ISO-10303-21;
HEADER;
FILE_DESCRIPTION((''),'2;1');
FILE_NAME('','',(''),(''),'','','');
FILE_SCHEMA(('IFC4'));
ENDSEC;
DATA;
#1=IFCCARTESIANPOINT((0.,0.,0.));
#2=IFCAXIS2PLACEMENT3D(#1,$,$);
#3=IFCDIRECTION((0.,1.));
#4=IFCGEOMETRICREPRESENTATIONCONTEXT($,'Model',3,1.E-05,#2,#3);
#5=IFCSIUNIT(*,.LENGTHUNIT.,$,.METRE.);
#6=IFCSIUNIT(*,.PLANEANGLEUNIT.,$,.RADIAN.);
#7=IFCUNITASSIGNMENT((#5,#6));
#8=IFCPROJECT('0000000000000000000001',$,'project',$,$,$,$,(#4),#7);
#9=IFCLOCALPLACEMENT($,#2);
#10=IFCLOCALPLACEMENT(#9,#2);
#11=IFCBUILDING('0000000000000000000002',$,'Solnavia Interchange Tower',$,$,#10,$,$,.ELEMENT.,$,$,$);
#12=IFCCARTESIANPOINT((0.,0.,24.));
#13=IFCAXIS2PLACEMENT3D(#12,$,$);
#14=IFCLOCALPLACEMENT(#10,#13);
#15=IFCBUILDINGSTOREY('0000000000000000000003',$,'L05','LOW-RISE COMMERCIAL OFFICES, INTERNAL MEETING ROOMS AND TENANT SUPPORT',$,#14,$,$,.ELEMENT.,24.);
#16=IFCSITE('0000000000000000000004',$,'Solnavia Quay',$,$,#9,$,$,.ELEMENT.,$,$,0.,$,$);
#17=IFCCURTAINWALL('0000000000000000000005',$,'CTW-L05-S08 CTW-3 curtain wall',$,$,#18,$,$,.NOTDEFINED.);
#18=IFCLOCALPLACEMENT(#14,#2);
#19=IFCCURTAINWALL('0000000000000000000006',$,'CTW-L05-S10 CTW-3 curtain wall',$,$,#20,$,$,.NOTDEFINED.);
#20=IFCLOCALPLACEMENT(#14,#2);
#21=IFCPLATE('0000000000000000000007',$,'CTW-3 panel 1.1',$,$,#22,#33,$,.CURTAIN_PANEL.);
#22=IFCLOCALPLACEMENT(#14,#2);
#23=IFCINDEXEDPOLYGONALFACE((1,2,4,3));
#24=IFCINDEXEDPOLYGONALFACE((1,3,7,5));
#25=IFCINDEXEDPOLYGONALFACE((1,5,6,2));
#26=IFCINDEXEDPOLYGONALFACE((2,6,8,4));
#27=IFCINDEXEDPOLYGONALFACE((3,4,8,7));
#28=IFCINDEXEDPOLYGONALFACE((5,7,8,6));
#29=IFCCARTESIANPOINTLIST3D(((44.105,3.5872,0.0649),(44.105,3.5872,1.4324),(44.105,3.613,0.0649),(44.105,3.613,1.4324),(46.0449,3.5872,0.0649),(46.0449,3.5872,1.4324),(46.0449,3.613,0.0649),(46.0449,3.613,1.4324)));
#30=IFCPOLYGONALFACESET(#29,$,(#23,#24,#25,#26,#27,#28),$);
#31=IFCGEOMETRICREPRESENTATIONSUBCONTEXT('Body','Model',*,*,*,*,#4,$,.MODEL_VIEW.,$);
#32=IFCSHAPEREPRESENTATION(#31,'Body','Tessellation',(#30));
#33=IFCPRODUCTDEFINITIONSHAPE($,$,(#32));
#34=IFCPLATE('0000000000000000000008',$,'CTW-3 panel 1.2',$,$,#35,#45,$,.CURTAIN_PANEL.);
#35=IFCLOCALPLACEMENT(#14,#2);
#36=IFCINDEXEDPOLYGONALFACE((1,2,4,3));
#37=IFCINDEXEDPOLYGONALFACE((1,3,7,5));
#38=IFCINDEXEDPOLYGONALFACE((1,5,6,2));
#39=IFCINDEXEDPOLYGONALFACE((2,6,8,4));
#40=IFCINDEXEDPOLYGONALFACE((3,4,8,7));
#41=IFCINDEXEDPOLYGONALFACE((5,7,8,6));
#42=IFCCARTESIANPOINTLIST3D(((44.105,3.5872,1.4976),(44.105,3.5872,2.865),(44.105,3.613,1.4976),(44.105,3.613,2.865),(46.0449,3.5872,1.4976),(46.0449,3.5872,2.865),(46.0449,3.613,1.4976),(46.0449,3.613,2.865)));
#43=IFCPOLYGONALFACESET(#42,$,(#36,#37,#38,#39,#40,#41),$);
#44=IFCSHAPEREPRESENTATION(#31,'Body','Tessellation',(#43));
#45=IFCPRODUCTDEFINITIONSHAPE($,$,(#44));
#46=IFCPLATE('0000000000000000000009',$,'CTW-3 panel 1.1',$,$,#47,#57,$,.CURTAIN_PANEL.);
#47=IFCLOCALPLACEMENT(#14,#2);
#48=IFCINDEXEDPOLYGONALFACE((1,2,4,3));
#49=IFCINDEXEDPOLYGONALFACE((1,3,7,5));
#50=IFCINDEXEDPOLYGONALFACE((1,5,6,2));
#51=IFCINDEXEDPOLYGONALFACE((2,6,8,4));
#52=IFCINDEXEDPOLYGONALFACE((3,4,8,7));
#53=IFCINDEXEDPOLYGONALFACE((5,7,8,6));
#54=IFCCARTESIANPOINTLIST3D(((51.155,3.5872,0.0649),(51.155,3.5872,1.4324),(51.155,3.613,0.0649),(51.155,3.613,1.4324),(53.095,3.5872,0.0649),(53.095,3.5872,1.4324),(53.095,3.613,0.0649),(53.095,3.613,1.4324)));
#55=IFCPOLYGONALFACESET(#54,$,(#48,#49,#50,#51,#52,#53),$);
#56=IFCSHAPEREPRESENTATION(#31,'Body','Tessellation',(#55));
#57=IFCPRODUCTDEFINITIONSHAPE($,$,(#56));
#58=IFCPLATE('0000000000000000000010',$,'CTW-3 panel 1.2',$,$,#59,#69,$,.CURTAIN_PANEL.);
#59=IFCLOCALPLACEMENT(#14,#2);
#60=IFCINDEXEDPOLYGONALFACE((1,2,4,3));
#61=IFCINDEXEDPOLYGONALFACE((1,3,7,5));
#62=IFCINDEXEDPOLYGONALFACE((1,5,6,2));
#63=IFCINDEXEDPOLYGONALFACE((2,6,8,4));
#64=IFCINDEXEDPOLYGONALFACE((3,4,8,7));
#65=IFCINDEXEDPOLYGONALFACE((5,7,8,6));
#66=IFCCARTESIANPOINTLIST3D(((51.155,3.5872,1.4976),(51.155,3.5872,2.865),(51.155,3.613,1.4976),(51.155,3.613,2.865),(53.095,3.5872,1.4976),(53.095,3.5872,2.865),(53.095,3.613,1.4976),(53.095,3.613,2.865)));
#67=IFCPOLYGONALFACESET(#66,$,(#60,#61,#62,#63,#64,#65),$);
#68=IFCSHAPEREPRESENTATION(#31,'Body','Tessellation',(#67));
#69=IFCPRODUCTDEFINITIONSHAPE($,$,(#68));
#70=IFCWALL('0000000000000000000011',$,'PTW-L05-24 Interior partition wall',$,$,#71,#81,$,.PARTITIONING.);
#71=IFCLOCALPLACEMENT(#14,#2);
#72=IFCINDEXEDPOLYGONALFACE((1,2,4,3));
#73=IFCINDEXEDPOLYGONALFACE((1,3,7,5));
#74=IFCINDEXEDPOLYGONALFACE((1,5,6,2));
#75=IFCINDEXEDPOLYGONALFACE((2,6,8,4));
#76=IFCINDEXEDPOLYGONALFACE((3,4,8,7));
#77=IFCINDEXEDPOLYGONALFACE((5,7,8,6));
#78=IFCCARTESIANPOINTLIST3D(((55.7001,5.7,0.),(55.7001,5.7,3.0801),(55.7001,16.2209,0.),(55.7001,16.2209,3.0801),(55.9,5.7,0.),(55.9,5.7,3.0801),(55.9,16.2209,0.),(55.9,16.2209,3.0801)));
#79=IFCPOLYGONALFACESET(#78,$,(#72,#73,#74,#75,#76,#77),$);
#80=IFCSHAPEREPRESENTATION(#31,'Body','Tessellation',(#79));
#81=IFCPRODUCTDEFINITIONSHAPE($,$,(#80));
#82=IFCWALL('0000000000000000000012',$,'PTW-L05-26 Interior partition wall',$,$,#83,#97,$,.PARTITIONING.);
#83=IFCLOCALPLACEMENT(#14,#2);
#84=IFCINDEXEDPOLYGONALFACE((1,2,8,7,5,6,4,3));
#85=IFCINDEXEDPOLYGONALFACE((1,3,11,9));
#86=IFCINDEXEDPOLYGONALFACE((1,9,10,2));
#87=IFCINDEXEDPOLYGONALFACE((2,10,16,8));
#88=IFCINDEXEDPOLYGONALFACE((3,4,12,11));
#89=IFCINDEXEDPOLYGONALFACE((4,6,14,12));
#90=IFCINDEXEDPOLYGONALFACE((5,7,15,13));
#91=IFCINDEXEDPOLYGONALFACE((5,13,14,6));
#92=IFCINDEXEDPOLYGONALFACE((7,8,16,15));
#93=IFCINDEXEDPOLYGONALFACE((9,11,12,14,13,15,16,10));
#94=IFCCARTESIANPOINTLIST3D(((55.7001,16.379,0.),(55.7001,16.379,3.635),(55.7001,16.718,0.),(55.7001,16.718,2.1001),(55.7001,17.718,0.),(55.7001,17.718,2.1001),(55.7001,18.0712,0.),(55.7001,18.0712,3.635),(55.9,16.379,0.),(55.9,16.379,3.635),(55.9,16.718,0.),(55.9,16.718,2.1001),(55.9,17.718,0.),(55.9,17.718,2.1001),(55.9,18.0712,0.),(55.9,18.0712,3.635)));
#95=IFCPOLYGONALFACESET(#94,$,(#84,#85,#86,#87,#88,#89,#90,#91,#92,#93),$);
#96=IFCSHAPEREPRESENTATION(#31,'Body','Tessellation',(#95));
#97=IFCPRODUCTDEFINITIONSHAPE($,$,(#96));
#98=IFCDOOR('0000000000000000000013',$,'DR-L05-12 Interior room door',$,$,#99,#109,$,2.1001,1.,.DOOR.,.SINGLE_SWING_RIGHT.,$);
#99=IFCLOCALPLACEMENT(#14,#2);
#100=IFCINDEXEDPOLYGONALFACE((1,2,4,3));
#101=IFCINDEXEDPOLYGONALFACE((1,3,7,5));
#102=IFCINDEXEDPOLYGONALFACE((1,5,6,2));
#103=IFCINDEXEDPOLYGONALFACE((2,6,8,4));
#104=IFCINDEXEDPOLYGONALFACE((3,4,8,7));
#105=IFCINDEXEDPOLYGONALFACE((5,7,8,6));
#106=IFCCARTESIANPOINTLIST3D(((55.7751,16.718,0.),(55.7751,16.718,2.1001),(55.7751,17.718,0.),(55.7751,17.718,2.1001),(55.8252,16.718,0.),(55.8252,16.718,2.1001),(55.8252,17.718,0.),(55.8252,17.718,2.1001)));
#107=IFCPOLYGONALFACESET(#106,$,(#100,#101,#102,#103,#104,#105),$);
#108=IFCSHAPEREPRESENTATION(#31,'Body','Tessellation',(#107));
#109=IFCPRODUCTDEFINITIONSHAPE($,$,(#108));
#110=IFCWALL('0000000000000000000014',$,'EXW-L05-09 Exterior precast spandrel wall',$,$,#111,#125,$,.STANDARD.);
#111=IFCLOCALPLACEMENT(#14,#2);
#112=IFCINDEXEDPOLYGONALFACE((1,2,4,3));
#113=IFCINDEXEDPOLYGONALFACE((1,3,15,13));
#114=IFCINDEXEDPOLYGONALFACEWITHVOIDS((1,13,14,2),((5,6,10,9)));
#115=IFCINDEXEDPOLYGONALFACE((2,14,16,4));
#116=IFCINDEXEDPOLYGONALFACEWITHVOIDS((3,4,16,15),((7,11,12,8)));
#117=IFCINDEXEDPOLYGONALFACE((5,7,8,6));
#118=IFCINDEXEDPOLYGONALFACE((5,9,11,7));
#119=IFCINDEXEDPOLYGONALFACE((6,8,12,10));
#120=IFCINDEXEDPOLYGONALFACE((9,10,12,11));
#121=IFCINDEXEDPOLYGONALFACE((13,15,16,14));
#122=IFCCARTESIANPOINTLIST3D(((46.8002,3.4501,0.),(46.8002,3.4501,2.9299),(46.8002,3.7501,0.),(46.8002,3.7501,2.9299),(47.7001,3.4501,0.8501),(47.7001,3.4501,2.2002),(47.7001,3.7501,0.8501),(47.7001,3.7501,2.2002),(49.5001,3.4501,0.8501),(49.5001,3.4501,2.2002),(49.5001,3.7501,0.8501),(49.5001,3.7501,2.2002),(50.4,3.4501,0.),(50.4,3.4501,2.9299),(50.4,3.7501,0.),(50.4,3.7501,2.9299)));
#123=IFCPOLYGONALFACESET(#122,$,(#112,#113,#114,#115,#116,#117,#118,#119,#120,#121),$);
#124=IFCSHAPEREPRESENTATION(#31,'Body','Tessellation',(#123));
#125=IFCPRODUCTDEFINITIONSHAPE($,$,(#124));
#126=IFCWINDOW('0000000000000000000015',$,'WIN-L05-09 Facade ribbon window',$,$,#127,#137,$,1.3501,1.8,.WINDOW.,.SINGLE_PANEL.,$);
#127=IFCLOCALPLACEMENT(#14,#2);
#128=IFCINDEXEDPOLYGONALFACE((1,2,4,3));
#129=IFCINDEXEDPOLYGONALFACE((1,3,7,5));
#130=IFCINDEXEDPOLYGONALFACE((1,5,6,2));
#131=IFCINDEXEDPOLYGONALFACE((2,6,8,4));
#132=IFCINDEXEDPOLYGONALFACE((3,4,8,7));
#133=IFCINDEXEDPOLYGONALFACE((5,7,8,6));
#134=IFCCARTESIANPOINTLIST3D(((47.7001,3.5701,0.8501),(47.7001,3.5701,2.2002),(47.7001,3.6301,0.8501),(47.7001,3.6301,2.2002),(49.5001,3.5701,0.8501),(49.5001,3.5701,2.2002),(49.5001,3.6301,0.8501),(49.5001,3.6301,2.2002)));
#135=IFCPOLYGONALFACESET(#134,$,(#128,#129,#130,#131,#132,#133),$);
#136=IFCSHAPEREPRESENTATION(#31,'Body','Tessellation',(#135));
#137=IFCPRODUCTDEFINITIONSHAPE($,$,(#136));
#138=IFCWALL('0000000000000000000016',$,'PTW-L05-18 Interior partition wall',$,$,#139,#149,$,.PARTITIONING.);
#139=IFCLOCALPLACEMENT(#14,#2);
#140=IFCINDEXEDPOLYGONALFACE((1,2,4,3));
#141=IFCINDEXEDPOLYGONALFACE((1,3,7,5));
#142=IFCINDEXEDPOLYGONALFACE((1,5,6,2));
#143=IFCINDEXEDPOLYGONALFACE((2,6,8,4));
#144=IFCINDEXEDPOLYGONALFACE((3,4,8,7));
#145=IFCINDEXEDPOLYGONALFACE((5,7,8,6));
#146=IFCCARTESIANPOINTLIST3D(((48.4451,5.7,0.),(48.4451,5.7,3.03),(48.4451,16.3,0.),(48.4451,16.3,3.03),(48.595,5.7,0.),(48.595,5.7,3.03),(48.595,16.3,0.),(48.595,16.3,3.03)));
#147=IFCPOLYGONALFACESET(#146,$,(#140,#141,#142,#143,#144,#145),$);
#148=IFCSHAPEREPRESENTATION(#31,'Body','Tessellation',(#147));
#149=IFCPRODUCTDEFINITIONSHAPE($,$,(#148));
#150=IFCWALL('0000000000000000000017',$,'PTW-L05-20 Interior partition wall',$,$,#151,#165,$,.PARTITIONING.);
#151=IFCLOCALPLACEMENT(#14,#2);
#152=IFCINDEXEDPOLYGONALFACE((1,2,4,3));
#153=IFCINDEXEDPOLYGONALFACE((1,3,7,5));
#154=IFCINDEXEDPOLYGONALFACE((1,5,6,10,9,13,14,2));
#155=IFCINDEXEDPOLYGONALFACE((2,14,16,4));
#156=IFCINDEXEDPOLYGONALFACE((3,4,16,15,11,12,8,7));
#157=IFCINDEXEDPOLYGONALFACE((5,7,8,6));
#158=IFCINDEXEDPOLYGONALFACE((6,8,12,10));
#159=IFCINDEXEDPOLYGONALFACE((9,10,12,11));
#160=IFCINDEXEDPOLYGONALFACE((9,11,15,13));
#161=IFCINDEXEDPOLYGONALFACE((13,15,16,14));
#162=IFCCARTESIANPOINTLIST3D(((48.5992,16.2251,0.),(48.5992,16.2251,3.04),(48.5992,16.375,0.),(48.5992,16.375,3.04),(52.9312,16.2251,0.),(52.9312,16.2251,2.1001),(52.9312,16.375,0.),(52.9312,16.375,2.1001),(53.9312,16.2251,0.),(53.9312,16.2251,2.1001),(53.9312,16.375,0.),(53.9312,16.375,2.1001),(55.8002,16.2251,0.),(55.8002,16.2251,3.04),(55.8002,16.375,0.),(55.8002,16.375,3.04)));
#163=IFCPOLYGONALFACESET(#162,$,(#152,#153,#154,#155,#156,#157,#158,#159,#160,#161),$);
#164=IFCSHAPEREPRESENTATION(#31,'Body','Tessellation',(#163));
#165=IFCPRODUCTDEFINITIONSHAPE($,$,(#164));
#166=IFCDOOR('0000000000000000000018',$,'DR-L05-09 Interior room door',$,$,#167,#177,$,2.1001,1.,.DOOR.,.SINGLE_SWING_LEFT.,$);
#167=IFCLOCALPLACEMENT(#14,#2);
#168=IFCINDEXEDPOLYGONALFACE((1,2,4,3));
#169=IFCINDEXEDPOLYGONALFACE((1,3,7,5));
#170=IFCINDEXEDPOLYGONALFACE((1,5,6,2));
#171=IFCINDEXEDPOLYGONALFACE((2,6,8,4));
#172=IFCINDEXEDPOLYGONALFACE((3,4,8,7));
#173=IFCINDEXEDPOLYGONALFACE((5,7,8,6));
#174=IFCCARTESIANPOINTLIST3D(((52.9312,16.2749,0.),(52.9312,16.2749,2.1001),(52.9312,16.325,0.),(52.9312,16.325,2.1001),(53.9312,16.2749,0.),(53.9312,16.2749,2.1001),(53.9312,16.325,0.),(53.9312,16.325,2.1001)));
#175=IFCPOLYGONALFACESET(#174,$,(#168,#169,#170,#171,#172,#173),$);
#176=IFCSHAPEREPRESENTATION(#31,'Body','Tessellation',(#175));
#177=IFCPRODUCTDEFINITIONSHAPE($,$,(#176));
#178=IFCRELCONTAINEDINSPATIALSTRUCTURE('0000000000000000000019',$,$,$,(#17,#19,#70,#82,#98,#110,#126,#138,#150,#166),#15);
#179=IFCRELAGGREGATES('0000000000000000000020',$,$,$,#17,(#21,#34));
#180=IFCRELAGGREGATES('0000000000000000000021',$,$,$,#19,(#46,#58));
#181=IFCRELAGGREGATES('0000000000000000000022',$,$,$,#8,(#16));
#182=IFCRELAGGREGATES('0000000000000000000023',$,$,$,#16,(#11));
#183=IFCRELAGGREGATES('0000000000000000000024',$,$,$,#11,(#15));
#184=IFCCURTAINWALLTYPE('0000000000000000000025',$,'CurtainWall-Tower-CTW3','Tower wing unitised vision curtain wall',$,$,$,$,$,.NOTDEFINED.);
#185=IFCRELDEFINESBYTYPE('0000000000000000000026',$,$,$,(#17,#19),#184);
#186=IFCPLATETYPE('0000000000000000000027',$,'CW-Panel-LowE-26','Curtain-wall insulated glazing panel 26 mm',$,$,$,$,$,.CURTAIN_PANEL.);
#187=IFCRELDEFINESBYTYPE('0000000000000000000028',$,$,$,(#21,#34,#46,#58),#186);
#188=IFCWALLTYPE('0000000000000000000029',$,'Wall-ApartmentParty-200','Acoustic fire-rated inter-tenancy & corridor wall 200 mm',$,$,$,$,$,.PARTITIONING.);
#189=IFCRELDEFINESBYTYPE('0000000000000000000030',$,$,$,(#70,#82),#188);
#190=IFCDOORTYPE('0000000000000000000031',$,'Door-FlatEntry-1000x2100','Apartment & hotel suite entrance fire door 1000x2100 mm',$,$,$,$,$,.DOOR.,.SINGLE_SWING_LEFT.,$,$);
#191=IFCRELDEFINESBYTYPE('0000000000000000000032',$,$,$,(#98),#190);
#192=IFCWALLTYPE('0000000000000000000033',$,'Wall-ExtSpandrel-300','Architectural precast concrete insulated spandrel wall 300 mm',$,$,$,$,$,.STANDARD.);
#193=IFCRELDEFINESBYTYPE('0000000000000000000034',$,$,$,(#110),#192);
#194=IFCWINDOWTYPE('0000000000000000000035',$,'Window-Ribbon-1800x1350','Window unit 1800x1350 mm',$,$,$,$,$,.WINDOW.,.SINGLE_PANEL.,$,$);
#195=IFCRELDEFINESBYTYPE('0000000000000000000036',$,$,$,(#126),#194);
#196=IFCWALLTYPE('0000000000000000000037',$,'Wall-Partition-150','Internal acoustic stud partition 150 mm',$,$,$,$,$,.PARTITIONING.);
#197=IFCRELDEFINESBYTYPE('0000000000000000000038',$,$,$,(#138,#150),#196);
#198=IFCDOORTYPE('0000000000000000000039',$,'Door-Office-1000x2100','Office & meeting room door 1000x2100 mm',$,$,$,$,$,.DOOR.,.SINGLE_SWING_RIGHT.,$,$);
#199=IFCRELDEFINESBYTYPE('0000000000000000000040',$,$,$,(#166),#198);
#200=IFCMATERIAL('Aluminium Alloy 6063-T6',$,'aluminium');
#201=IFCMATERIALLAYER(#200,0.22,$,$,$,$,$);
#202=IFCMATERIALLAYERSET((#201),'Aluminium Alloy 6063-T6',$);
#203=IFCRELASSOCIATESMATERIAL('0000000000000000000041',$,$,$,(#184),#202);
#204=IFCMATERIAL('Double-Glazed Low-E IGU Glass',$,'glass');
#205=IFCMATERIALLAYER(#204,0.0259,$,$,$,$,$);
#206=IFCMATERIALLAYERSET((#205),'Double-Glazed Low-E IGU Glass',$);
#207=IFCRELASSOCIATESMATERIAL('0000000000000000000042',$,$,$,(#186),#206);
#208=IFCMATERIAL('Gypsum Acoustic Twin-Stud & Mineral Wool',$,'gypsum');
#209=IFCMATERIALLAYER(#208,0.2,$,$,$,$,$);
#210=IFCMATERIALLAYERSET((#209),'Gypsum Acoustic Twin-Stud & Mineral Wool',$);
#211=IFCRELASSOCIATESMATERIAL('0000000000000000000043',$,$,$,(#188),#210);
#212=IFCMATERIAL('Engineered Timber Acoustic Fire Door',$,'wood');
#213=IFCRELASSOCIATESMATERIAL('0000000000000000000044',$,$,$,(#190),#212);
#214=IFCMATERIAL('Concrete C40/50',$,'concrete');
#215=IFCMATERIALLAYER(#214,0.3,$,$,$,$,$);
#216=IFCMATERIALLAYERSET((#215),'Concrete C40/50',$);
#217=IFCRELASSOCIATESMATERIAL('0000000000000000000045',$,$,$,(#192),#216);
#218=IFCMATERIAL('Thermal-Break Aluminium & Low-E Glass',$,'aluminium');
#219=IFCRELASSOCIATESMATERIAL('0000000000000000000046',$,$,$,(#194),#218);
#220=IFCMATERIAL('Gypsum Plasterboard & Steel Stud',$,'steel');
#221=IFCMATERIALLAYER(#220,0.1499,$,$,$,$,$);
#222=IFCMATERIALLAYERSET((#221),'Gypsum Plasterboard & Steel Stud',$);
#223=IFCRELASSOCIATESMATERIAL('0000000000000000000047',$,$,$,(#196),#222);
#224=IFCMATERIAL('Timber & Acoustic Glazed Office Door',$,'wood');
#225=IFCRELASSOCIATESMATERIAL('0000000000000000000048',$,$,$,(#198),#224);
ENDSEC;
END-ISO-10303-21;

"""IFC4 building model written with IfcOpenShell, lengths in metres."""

from ifc_helpers import new_model, si_unit, direction, frame, frame_2d, origin, origin_2d, place, context, subcontext, project, spatial, rectangle, extrude, material, layer, layer_set, type_object, element, fill, aggregate, save


model = new_model("IFC4")

# Units and contexts
model_context = context("Model", 3, precision=1e-05, world=origin(), true_north=direction((0.0, 1.0)))
body_context = subcontext(model_context, "Body", "Model", "MODEL_VIEW")
ifc_project = project(units=[si_unit("LENGTHUNIT", "METRE"), si_unit("PLANEANGLEUNIT", "RADIAN")], contexts=[model_context])

# Site, building, storey
site_placement = place(None, origin())
site = spatial("IfcSite", under=ifc_project, at=site_placement, Name="Solnavia Quay", CompositionType="ELEMENT", RefElevation=0.0)
building_placement = place(site_placement, origin())
building = spatial("IfcBuilding", under=site, at=building_placement, Name="Solnavia Interchange Tower", CompositionType="ELEMENT")
storey_placement = place(building_placement, frame((0.0, 0.0, 24.0)))
storey = spatial("IfcBuildingStorey", under=building, at=storey_placement, Name="L05", Description="LOW-RISE COMMERCIAL OFFICES, INTERNAL MEETING ROOMS AND TENANT SUPPORT", CompositionType="ELEMENT", Elevation=24.0)

# Curtain wall
ifc_material_1 = material(Name="Aluminium Alloy 6063-T6", Category="aluminium")
ifc_layer_1 = layer(ifc_material_1, 0.22)
ifc_layer_set_1 = layer_set([ifc_layer_1], Name="Aluminium Alloy 6063-T6")
curtain_wall_type = type_object("IfcCurtainWallType", Name="CurtainWall-Tower-CTW3", Description="Tower wing unitised vision curtain wall", PredefinedType="NOTDEFINED", material=ifc_layer_set_1)
curtain_wall_1_placement = place(storey_placement, origin())
curtain_wall_1 = element("IfcCurtainWall", 1, at=curtain_wall_1_placement, inside=storey, type_object=curtain_wall_type, Name="CTW-L05-S08 CTW-3 curtain wall", PredefinedType="NOTDEFINED")

# Curtain wall
curtain_wall_2_placement = place(storey_placement, origin())
curtain_wall_2 = element("IfcCurtainWall", 2, at=curtain_wall_2_placement, inside=storey, type_object=curtain_wall_type, Name="CTW-L05-S10 CTW-3 curtain wall", PredefinedType="NOTDEFINED")

# Plates
ifc_material_2 = material(Name="Double-Glazed Low-E IGU Glass", Category="glass")
ifc_layer_2 = layer(ifc_material_2, 0.0259)
ifc_layer_set_2 = layer_set([ifc_layer_2], Name="Double-Glazed Low-E IGU Glass")
plate_type = type_object("IfcPlateType", Name="CW-Panel-LowE-26", Description="Curtain-wall insulated glazing panel 26 mm", PredefinedType="CURTAIN_PANEL", material=ifc_layer_set_2)
plate_1_placement = place(storey_placement, frame((45.075, 3.6001, 0.0649), z_axis=(0.0, 0.0, 1.0), x_axis=(1.0, 0.0, 0.0)))
plate_1 = element("IfcPlate", 3, at=plate_1_placement, type_object=plate_type, Name="CTW-3 panel 1.1", PredefinedType="CURTAIN_PANEL", context=body_context, shape_type="SweptSolid", body=[
    extrude(rectangle(XDim=1.9399, YDim=0.0259, at=origin_2d()), origin(), (0.0, 0.0, 1.0), 1.3674),
])
plate_2_placement = place(storey_placement, frame((45.075, 3.6001, 1.4976), z_axis=(0.0, 0.0, 1.0), x_axis=(1.0, 0.0, 0.0)))
plate_2 = element("IfcPlate", 4, at=plate_2_placement, type_object=plate_type, Name="CTW-3 panel 1.2", PredefinedType="CURTAIN_PANEL", context=body_context, shape_type="SweptSolid", body=[
    extrude(rectangle(XDim=1.9399, YDim=0.0259, at=origin_2d()), origin(), (0.0, 0.0, 1.0), 1.3674),
])
aggregate(curtain_wall_1, [plate_1, plate_2])
plate_3_placement = place(storey_placement, frame((52.125, 3.6001, 0.0649), z_axis=(0.0, 0.0, 1.0), x_axis=(1.0, 0.0, 0.0)))
plate_3 = element("IfcPlate", 5, at=plate_3_placement, type_object=plate_type, Name="CTW-3 panel 1.1", PredefinedType="CURTAIN_PANEL", context=body_context, shape_type="SweptSolid", body=[
    extrude(rectangle(XDim=1.9399, YDim=0.0259, at=origin_2d()), origin(), (0.0, 0.0, 1.0), 1.3674),
])
plate_4_placement = place(storey_placement, frame((52.125, 3.6001, 1.4976), z_axis=(0.0, 0.0, 1.0), x_axis=(1.0, 0.0, 0.0)))
plate_4 = element("IfcPlate", 6, at=plate_4_placement, type_object=plate_type, Name="CTW-3 panel 1.2", PredefinedType="CURTAIN_PANEL", context=body_context, shape_type="SweptSolid", body=[
    extrude(rectangle(XDim=1.9399, YDim=0.0259, at=origin_2d()), origin(), (0.0, 0.0, 1.0), 1.3674),
])
aggregate(curtain_wall_2, [plate_3, plate_4])

# Wall
ifc_material_3 = material(Name="Gypsum Acoustic Twin-Stud & Mineral Wool", Category="gypsum")
ifc_layer_3 = layer(ifc_material_3, 0.2)
ifc_layer_set_3 = layer_set([ifc_layer_3], Name="Gypsum Acoustic Twin-Stud & Mineral Wool")
wall_type_1 = type_object("IfcWallType", Name="Wall-ApartmentParty-200", Description="Acoustic fire-rated inter-tenancy & corridor wall 200 mm", PredefinedType="PARTITIONING", material=ifc_layer_set_3)
wall_1_placement = place(storey_placement, frame((55.8, 5.7, 0.0), z_axis=(0.0, 0.0, 1.0), x_axis=(0.0, 1.0, 0.0)))
element("IfcWall", 7, at=wall_1_placement, inside=storey, type_object=wall_type_1, Name="PTW-L05-24 Interior partition wall", PredefinedType="PARTITIONING", context=body_context, shape_type="SweptSolid", body=[
    extrude(rectangle(XDim=10.521, YDim=0.2, at=frame_2d((5.2605, 0.0))), origin(), (0.0, 0.0, 1.0), 3.0801),
])

# Wall, opening, door
wall_2_placement = place(storey_placement, frame((55.8, 16.3789, 0.0), z_axis=(0.0, 0.0, 1.0), x_axis=(0.0, 1.0, 0.0)))
wall_2 = element("IfcWall", 8, at=wall_2_placement, inside=storey, type_object=wall_type_1, Name="PTW-L05-26 Interior partition wall", PredefinedType="PARTITIONING", context=body_context, shape_type="SweptSolid", body=[
    extrude(rectangle(XDim=1.6921, YDim=0.2, at=frame_2d((0.8462, 0.0))), origin(), (0.0, 0.0, 1.0), 3.635),
])
opening_1_placement = place(wall_2_placement, frame((0.3391, 0.0, 0.0)))
opening_1 = element("IfcOpeningElement", 9, at=opening_1_placement, cuts=wall_2, PredefinedType="OPENING", context=body_context, shape_type="SweptSolid", body=[
    extrude(rectangle(XDim=1.0, YDim=2.1001, at=frame_2d((0.5, 1.05))), frame((0.0, 0.1099, 0.0), z_axis=(0.0, -1.0, 0.0), x_axis=(1.0, 0.0, 0.0)), (0.0, 0.0, 1.0), 0.22),
])
ifc_material_4 = material(Name="Engineered Timber Acoustic Fire Door", Category="wood")
door_type_1 = type_object("IfcDoorType", Name="Door-FlatEntry-1000x2100", Description="Apartment & hotel suite entrance fire door 1000x2100 mm", OperationType="SINGLE_SWING_LEFT", PredefinedType="DOOR", material=ifc_material_4)
door_1_placement = place(opening_1_placement, origin())
door_1 = element("IfcDoor", 10, at=door_1_placement, inside=storey, type_object=door_type_1, Name="DR-L05-12 Interior room door", OperationType="SINGLE_SWING_RIGHT", OverallHeight=2.1001, OverallWidth=1.0, PredefinedType="DOOR", context=body_context, shape_type="SweptSolid", body=[
    extrude(rectangle(XDim=1.0, YDim=2.1001, at=frame_2d((0.5, 1.05))), frame((0.0, 0.0249, 0.0), z_axis=(0.0, -1.0, 0.0), x_axis=(1.0, 0.0, 0.0)), (0.0, 0.0, 1.0), 0.05),
])
fill(opening_1, door_1)

# Wall, opening, window
ifc_material_5 = material(Name="Concrete C40/50", Category="concrete")
ifc_layer_4 = layer(ifc_material_5, 0.3)
ifc_layer_set_4 = layer_set([ifc_layer_4], Name="Concrete C40/50")
wall_type_2 = type_object("IfcWallType", Name="Wall-ExtSpandrel-300", Description="Architectural precast concrete insulated spandrel wall 300 mm", PredefinedType="STANDARD", material=ifc_layer_set_4)
wall_3_placement = place(storey_placement, frame((50.3999, 3.6001, 0.0), z_axis=(0.0, 0.0, 1.0), x_axis=(-1.0, 0.0, 0.0)))
wall_3 = element("IfcWall", 11, at=wall_3_placement, inside=storey, type_object=wall_type_2, Name="EXW-L05-09 Exterior precast spandrel wall", PredefinedType="STANDARD", context=body_context, shape_type="SweptSolid", body=[
    extrude(rectangle(XDim=3.5999, YDim=0.3, at=frame_2d((1.7998, 0.0))), origin(), (0.0, 0.0, 1.0), 2.9299),
])
opening_2_placement = place(wall_3_placement, frame((0.8999, 0.0, 0.8501)))
opening_2 = element("IfcOpeningElement", 12, at=opening_2_placement, cuts=wall_3, PredefinedType="OPENING", context=body_context, shape_type="SweptSolid", body=[
    extrude(rectangle(XDim=1.8, YDim=1.3501, at=frame_2d((0.8999, 0.675))), frame((0.0, 0.1602, 0.0), z_axis=(0.0, -1.0, 0.0), x_axis=(1.0, 0.0, 0.0)), (0.0, 0.0, 1.0), 0.3201),
])
ifc_material_6 = material(Name="Thermal-Break Aluminium & Low-E Glass", Category="aluminium")
window_type = type_object("IfcWindowType", Name="Window-Ribbon-1800x1350", Description="Window unit 1800x1350 mm", PartitioningType="SINGLE_PANEL", PredefinedType="WINDOW", material=ifc_material_6)
window_placement = place(opening_2_placement, origin())
window = element("IfcWindow", 13, at=window_placement, inside=storey, type_object=window_type, Name="WIN-L05-09 Facade ribbon window", OverallHeight=1.3501, OverallWidth=1.8, PartitioningType="SINGLE_PANEL", PredefinedType="WINDOW", context=body_context, shape_type="SweptSolid", body=[
    extrude(rectangle(XDim=1.8, YDim=1.3501, at=frame_2d((0.8999, 0.675))), frame((0.0, 0.03, 0.0), z_axis=(0.0, -1.0, 0.0), x_axis=(1.0, 0.0, 0.0)), (0.0, 0.0, 1.0), 0.0601),
])
fill(opening_2, window)

# Wall
ifc_material_7 = material(Name="Gypsum Plasterboard & Steel Stud", Category="steel")
ifc_layer_5 = layer(ifc_material_7, 0.1499)
ifc_layer_set_5 = layer_set([ifc_layer_5], Name="Gypsum Plasterboard & Steel Stud")
wall_type_3 = type_object("IfcWallType", Name="Wall-Partition-150", Description="Internal acoustic stud partition 150 mm", PredefinedType="PARTITIONING", material=ifc_layer_set_5)
wall_4_placement = place(storey_placement, frame((48.52, 5.7, 0.0), z_axis=(0.0, 0.0, 1.0), x_axis=(0.0, 1.0, 0.0)))
element("IfcWall", 14, at=wall_4_placement, inside=storey, type_object=wall_type_3, Name="PTW-L05-18 Interior partition wall", PredefinedType="PARTITIONING", context=body_context, shape_type="SweptSolid", body=[
    extrude(rectangle(XDim=10.6001, YDim=0.1499, at=frame_2d((5.3, 0.0))), origin(), (0.0, 0.0, 1.0), 3.03),
])

# Wall, opening, door
wall_5_placement = place(storey_placement, frame((48.5991, 16.3, 0.0), z_axis=(0.0, 0.0, 1.0), x_axis=(1.0, 0.0, 0.0)))
wall_5 = element("IfcWall", 15, at=wall_5_placement, inside=storey, type_object=wall_type_3, Name="PTW-L05-20 Interior partition wall", PredefinedType="PARTITIONING", context=body_context, shape_type="SweptSolid", body=[
    extrude(rectangle(XDim=7.2009, YDim=0.1499, at=frame_2d((3.6006, 0.0))), origin(), (0.0, 0.0, 1.0), 3.04),
])
opening_3_placement = place(wall_5_placement, frame((4.332, 0.0, 0.0)))
opening_3 = element("IfcOpeningElement", 16, at=opening_3_placement, cuts=wall_5, PredefinedType="OPENING", context=body_context, shape_type="SweptSolid", body=[
    extrude(rectangle(XDim=1.0, YDim=2.1001, at=frame_2d((0.5, 1.05))), frame((0.0, 0.085, 0.0), z_axis=(0.0, -1.0, 0.0), x_axis=(1.0, 0.0, 0.0)), (0.0, 0.0, 1.0), 0.1699),
])
ifc_material_8 = material(Name="Timber & Acoustic Glazed Office Door", Category="wood")
door_type_2 = type_object("IfcDoorType", Name="Door-Office-1000x2100", Description="Office & meeting room door 1000x2100 mm", OperationType="SINGLE_SWING_RIGHT", PredefinedType="DOOR", material=ifc_material_8)
door_2_placement = place(opening_3_placement, origin())
door_2 = element("IfcDoor", 17, at=door_2_placement, inside=storey, type_object=door_type_2, Name="DR-L05-09 Interior room door", OperationType="SINGLE_SWING_LEFT", OverallHeight=2.1001, OverallWidth=1.0, PredefinedType="DOOR", context=body_context, shape_type="SweptSolid", body=[
    extrude(rectangle(XDim=1.0, YDim=2.1001, at=frame_2d((0.5, 1.05))), frame((0.0, 0.0249, 0.0), z_axis=(0.0, -1.0, 0.0), x_axis=(1.0, 0.0, 0.0)), (0.0, 0.0, 1.0), 0.05),
])
fill(opening_3, door_2)

save(model, "model.ifc")
